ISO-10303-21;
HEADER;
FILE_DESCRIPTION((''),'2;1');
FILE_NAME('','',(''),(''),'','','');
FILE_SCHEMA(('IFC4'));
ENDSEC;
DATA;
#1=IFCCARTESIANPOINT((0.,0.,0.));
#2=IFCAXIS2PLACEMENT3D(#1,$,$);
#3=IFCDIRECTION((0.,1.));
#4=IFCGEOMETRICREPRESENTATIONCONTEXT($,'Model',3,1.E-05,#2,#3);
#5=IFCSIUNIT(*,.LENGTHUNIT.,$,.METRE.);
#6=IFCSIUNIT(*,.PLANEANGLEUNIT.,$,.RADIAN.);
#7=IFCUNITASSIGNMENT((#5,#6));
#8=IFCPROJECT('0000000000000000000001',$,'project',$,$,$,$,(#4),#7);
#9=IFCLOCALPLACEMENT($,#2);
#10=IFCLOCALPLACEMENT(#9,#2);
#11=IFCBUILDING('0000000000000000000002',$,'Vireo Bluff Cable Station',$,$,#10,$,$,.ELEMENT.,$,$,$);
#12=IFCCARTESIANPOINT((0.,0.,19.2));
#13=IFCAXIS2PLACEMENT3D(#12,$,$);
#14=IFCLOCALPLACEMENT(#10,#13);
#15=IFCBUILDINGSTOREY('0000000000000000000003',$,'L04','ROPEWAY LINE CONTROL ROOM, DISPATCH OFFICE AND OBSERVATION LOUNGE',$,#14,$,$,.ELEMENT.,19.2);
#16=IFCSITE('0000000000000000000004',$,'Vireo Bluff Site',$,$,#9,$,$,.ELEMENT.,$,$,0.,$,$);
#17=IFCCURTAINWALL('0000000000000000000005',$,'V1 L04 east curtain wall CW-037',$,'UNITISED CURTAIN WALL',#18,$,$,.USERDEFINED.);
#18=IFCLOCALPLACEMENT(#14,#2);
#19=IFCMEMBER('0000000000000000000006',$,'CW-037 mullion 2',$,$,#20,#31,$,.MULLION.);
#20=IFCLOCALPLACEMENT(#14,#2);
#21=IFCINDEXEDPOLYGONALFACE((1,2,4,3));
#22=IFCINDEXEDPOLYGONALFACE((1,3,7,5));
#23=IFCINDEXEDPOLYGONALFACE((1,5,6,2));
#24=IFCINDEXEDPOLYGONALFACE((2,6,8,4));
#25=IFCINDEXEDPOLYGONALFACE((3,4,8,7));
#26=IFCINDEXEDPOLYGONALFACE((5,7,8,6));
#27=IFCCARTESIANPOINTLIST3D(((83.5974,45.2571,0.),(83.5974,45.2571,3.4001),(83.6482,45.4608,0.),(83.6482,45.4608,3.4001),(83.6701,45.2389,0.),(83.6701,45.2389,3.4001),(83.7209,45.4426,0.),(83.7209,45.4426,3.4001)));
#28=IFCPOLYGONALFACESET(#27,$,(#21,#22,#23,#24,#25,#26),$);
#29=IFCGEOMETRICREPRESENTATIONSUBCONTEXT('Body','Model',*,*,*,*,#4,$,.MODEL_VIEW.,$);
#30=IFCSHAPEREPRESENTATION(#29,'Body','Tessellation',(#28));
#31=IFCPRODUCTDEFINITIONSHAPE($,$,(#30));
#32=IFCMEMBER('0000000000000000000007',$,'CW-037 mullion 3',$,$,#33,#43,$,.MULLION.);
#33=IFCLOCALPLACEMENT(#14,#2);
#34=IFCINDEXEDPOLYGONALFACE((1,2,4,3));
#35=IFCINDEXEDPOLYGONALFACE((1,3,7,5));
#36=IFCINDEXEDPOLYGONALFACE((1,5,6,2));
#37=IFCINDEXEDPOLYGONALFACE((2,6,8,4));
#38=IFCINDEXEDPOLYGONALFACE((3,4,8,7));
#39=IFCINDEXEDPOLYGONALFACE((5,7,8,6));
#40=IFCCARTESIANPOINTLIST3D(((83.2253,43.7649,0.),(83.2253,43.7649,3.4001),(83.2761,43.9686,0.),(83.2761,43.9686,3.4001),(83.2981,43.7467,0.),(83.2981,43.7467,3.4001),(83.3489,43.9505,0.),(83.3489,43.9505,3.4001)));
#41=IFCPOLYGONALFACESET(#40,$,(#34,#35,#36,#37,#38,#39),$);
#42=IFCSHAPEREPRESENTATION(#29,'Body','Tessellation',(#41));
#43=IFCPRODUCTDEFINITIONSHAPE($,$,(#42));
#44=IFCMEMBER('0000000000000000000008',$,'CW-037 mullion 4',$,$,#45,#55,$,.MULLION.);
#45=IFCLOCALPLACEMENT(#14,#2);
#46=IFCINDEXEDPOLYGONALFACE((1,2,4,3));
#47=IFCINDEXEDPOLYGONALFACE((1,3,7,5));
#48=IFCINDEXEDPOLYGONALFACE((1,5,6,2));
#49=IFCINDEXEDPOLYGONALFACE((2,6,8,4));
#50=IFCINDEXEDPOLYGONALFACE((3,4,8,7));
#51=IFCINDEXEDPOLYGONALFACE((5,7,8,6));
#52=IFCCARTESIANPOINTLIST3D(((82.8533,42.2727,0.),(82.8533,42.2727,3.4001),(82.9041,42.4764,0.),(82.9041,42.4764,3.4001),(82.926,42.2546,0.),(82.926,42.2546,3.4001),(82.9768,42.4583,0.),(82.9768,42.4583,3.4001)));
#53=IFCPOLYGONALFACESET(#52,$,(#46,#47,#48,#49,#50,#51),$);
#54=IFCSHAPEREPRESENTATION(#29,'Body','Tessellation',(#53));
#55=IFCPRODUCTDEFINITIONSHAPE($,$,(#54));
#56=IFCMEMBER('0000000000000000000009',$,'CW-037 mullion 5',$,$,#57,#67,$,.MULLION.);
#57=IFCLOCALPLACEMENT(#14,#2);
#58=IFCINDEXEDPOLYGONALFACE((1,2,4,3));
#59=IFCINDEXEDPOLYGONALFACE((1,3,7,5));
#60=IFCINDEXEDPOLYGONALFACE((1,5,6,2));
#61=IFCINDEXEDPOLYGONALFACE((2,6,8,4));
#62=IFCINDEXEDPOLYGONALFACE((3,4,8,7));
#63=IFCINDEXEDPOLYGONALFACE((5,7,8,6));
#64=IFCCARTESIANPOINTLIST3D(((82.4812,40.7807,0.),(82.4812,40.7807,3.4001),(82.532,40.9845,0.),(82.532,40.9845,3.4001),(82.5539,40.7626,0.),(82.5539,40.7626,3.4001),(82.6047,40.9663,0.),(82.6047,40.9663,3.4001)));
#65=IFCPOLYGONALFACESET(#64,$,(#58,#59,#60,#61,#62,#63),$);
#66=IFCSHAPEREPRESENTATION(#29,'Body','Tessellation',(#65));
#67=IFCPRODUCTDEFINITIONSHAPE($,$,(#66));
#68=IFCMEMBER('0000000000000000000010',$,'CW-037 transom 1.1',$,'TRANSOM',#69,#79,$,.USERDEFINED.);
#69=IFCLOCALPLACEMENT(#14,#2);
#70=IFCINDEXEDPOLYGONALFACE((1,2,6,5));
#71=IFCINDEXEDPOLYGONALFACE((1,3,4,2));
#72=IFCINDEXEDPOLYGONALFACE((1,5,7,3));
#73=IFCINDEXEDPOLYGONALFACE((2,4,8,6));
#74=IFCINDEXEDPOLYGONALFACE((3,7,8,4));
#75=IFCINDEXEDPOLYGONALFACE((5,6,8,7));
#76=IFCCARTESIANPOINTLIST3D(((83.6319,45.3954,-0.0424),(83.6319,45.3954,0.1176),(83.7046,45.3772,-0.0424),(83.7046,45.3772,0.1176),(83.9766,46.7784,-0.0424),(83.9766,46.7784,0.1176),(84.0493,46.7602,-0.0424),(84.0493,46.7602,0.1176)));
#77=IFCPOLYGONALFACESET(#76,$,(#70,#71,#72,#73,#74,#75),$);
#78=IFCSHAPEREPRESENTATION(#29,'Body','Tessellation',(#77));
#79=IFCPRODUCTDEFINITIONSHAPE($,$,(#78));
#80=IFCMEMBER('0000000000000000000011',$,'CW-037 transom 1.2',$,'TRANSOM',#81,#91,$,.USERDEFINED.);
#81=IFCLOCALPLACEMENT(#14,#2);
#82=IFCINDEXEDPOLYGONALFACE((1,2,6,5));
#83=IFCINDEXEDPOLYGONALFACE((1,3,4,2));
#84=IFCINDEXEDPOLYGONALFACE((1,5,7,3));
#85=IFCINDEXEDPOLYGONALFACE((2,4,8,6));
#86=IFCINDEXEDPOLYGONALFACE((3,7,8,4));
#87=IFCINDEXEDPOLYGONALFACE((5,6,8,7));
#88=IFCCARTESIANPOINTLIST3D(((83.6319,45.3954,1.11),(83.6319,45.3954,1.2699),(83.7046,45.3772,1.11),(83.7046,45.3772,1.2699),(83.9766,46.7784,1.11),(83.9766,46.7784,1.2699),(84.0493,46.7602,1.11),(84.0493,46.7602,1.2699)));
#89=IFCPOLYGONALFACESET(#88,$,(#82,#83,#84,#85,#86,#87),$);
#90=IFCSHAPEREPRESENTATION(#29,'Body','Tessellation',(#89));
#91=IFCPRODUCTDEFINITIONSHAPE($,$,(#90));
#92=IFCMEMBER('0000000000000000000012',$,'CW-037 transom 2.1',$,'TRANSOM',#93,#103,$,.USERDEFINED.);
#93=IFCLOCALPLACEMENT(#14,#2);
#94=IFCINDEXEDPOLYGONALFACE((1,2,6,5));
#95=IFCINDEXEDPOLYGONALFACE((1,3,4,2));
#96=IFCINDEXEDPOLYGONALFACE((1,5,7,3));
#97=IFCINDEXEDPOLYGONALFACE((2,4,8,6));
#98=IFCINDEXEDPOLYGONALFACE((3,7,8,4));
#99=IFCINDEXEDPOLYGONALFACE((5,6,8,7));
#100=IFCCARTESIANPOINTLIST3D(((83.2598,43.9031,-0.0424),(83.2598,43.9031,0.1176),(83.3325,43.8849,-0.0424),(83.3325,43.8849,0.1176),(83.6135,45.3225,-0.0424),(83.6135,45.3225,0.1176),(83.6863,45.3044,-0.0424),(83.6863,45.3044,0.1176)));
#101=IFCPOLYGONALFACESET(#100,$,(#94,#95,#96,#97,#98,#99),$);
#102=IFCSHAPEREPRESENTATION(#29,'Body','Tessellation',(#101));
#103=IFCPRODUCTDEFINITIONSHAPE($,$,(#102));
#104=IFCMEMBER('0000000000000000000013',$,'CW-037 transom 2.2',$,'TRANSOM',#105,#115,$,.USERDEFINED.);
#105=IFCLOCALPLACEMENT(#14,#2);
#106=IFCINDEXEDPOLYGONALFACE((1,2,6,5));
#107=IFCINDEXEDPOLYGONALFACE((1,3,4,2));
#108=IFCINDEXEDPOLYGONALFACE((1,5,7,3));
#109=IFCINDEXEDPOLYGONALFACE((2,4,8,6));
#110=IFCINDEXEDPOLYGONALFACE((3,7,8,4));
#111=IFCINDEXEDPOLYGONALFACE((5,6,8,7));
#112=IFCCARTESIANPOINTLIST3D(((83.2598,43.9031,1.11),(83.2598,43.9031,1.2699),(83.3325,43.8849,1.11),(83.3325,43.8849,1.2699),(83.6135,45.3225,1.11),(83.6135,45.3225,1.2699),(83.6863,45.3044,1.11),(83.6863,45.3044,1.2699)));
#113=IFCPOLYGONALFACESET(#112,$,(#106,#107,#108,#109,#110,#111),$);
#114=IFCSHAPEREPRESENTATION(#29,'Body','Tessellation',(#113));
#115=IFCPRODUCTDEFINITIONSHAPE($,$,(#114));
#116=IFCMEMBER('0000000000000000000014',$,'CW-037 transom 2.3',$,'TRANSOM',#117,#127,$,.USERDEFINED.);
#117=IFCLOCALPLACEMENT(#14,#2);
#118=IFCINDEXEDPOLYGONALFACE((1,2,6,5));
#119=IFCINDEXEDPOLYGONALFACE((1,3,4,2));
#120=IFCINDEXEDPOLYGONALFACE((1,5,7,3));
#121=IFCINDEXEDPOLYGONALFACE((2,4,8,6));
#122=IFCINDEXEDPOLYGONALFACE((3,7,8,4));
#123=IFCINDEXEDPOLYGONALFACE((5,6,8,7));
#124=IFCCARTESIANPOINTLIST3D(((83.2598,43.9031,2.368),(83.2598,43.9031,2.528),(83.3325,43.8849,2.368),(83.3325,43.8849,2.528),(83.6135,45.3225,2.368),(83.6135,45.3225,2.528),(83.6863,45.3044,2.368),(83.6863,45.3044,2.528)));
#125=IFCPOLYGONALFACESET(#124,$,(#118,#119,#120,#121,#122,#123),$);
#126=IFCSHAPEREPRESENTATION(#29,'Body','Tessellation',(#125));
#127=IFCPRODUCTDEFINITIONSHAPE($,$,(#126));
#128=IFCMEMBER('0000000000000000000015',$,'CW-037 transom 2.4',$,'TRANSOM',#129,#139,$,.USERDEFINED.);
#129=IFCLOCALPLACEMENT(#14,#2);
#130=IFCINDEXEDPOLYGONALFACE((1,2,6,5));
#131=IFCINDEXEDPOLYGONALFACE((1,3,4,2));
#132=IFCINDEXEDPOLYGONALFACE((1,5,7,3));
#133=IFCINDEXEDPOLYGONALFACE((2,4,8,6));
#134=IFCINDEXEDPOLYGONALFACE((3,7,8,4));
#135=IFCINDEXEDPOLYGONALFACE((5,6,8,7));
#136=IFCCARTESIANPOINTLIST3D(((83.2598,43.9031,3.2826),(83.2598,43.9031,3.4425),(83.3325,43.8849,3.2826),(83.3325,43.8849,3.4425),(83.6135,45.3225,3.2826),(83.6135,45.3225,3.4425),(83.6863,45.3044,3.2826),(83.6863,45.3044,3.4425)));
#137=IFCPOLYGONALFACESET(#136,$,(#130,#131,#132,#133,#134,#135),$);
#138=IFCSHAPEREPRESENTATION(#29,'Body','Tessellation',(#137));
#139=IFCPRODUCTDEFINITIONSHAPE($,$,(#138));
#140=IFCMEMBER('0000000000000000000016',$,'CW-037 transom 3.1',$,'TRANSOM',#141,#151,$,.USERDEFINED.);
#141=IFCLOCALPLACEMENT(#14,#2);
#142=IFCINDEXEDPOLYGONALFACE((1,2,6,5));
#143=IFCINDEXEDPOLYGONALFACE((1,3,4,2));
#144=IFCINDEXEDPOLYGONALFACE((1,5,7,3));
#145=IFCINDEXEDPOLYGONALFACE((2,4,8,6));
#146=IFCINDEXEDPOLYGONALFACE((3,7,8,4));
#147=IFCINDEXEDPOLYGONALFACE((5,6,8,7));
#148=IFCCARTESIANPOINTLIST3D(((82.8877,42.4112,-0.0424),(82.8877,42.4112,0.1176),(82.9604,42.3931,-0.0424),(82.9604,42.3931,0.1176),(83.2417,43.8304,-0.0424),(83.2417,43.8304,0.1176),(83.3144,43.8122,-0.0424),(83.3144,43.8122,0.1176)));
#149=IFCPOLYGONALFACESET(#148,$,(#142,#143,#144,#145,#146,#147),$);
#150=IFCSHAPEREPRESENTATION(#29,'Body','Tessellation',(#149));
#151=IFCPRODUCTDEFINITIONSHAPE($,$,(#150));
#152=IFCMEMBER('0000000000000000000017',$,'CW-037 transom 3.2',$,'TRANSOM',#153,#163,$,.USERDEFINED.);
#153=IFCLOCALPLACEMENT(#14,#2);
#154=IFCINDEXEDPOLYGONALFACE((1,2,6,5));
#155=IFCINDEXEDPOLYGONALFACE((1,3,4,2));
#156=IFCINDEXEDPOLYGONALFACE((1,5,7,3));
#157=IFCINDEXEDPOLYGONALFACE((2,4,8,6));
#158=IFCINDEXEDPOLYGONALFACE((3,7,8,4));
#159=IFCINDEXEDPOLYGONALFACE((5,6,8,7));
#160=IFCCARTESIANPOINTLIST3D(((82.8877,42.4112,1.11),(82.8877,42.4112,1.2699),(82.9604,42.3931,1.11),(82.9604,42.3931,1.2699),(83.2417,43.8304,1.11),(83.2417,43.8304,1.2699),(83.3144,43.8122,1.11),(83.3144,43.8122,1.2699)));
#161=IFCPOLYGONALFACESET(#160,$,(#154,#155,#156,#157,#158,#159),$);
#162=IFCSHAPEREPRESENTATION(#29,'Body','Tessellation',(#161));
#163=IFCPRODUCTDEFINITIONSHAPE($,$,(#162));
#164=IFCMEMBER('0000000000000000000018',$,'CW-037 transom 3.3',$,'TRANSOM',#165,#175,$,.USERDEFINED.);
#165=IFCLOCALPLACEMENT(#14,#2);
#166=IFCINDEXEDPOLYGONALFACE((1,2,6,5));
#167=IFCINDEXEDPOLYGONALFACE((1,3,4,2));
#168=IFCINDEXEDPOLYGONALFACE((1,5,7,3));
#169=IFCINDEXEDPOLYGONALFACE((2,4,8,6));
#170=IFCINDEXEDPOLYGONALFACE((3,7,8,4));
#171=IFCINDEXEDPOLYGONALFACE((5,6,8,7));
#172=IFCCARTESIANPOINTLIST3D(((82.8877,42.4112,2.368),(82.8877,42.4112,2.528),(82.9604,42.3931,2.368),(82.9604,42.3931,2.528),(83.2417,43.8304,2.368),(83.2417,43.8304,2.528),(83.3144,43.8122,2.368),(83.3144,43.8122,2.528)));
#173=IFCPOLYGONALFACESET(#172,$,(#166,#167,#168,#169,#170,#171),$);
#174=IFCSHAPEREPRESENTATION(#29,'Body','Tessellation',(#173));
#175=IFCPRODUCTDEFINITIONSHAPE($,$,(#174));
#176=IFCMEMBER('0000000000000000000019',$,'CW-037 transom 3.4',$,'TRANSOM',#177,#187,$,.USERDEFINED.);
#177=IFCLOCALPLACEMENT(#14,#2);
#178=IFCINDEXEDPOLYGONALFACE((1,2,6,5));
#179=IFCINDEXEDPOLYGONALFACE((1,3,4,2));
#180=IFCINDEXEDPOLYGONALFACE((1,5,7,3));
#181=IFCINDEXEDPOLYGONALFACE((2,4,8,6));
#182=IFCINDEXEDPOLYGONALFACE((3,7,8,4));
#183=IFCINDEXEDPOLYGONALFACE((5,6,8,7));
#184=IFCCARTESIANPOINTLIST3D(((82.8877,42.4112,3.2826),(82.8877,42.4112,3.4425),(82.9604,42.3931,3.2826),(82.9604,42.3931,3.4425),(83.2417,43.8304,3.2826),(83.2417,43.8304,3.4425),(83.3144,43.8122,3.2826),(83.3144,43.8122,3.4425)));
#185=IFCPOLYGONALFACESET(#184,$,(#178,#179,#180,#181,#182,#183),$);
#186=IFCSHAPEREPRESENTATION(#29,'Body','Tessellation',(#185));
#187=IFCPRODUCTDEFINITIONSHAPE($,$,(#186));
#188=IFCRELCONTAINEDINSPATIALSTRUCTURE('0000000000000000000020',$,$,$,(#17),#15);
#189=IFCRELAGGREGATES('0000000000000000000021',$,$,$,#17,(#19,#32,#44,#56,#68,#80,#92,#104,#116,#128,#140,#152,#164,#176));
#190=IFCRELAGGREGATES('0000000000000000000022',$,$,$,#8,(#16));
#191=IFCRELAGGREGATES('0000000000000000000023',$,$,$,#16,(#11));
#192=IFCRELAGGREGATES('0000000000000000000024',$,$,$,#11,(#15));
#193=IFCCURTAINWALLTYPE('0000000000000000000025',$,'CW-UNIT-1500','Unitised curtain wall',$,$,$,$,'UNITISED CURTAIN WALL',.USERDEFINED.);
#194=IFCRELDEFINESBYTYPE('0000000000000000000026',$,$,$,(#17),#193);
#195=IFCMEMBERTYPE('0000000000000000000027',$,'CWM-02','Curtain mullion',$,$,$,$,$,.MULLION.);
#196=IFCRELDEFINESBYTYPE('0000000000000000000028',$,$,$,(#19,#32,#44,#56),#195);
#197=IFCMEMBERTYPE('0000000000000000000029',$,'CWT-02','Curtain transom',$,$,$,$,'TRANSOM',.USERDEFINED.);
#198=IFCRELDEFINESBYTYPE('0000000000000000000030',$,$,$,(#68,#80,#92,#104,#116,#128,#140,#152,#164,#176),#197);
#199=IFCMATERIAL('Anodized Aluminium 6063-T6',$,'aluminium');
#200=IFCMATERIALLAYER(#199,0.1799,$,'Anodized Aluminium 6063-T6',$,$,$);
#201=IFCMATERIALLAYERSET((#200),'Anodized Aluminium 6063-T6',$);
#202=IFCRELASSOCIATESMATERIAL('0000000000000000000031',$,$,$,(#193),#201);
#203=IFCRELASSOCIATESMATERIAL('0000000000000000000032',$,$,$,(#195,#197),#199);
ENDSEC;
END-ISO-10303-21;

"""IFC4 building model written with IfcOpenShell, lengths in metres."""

from ifc_helpers import new_model, si_unit, direction, frame, origin, origin_2d, place, context, subcontext, project, spatial, rectangle, extrude, material, layer, layer_set, material_profile, profile_set, type_object, element, aggregate, save


model = new_model("IFC4")

# Units and contexts
model_context = context("Model", 3, precision=1e-05, world=origin(), true_north=direction((0.0, 1.0)))
body_context = subcontext(model_context, "Body", "Model", "MODEL_VIEW")
ifc_project = project(units=[si_unit("LENGTHUNIT", "METRE"), si_unit("PLANEANGLEUNIT", "RADIAN")], contexts=[model_context])

# Site, building, storey
site_placement = place(None, origin())
site = spatial("IfcSite", under=ifc_project, at=site_placement, Name="Vireo Bluff Site", CompositionType="ELEMENT", RefElevation=0.0)
building_placement = place(site_placement, origin())
building = spatial("IfcBuilding", under=site, at=building_placement, Name="Vireo Bluff Cable Station", CompositionType="ELEMENT")
storey_placement = place(building_placement, frame((0.0, 0.0, 19.2)))
storey = spatial("IfcBuildingStorey", under=building, at=storey_placement, Name="L04", Description="ROPEWAY LINE CONTROL ROOM, DISPATCH OFFICE AND OBSERVATION LOUNGE", CompositionType="ELEMENT", Elevation=19.2)

# Curtain wall, members
ifc_material_1 = material(Name="Anodized Aluminium 6063-T6", Category="aluminium")
ifc_layer_1 = layer(ifc_material_1, 0.1799, Name="Anodized Aluminium 6063-T6")
ifc_layer_set_1 = layer_set([ifc_layer_1], Name="Anodized Aluminium 6063-T6")
curtain_wall_type = type_object("IfcCurtainWallType", Name="CW-UNIT-1500", Description="Unitised curtain wall", ElementType="UNITISED CURTAIN WALL", PredefinedType="USERDEFINED", material=ifc_layer_set_1)
curtain_wall_placement = place(storey_placement, origin())
curtain_wall = element("IfcCurtainWall", 1, at=curtain_wall_placement, inside=storey, type_object=curtain_wall_type, Name="V1 L04 east curtain wall CW-037", ObjectType="UNITISED CURTAIN WALL", PredefinedType="USERDEFINED")
ifc_material_profile_1 = material_profile(ifc_material_1, rectangle(XDim=0.075, YDim=0.21, at=origin_2d()), Name="ALU-M-75X210")
ifc_profile_set_1 = profile_set([ifc_material_profile_1], Name="Anodized Aluminium 6063-T6")
member_type_1 = type_object("IfcMemberType", Name="CWM-02", Description="Curtain mullion", PredefinedType="MULLION", material=ifc_profile_set_1)
member_1_placement = place(storey_placement, frame((83.6592, 45.3499, 0.0), z_axis=(0.0, 0.0, 1.0), x_axis=(0.970296, -0.241922, 0.0)))
member_1 = element("IfcMember", 2, at=member_1_placement, type_object=member_type_1, Name="CW-037 mullion 2", PredefinedType="MULLION", context=body_context, shape_type="SweptSolid", body=[
    extrude(rectangle(XDim=0.075, YDim=0.21, at=origin_2d()), origin(), (0.0, 0.0, 1.0), 3.4001),
])
member_2_placement = place(storey_placement, frame((83.2871, 43.8577, 0.0), z_axis=(0.0, 0.0, 1.0), x_axis=(0.970296, -0.241922, 0.0)))
member_2 = element("IfcMember", 3, at=member_2_placement, type_object=member_type_1, Name="CW-037 mullion 3", PredefinedType="MULLION", context=body_context, shape_type="SweptSolid", body=[
    extrude(rectangle(XDim=0.075, YDim=0.21, at=origin_2d()), origin(), (0.0, 0.0, 1.0), 3.4001),
])
member_3_placement = place(storey_placement, frame((82.915, 42.3655, 0.0), z_axis=(0.0, 0.0, 1.0), x_axis=(0.970296, -0.241922, 0.0)))
member_3 = element("IfcMember", 4, at=member_3_placement, type_object=member_type_1, Name="CW-037 mullion 4", PredefinedType="MULLION", context=body_context, shape_type="SweptSolid", body=[
    extrude(rectangle(XDim=0.075, YDim=0.21, at=origin_2d()), origin(), (0.0, 0.0, 1.0), 3.4001),
])
member_4_placement = place(storey_placement, frame((82.543, 40.8735, 0.0), z_axis=(0.0, 0.0, 1.0), x_axis=(0.970296, -0.241922, 0.0)))
member_4 = element("IfcMember", 5, at=member_4_placement, type_object=member_type_1, Name="CW-037 mullion 5", PredefinedType="MULLION", context=body_context, shape_type="SweptSolid", body=[
    extrude(rectangle(XDim=0.075, YDim=0.21, at=origin_2d()), origin(), (0.0, 0.0, 1.0), 3.4001),
])
ifc_material_profile_2 = material_profile(ifc_material_1, rectangle(XDim=0.075, YDim=0.1599, at=origin_2d()), Name="ALU-T-75X160")
ifc_profile_set_2 = profile_set([ifc_material_profile_2], Name="Anodized Aluminium 6063-T6")
member_type_2 = type_object("IfcMemberType", Name="CWT-02", Description="Curtain transom", ElementType="TRANSOM", PredefinedType="USERDEFINED", material=ifc_profile_set_2)
member_5_placement = place(storey_placement, frame((84.0129, 46.7693, 0.0376), z_axis=(-0.24185, -0.970314, 0.0), x_axis=(0.970314, -0.24185, 0.0)))
member_5 = element("IfcMember", 6, at=member_5_placement, type_object=member_type_2, Name="CW-037 transom 1.1", ObjectType="TRANSOM", PredefinedType="USERDEFINED", context=body_context, shape_type="SweptSolid", body=[
    extrude(rectangle(XDim=0.075, YDim=0.1599, at=origin_2d()), origin(), (0.0, 0.0, 1.0), 1.4253),
])
member_6_placement = place(storey_placement, frame((84.0129, 46.7693, 1.1899), z_axis=(-0.24185, -0.970314, 0.0), x_axis=(0.970314, -0.24185, 0.0)))
member_6 = element("IfcMember", 7, at=member_6_placement, type_object=member_type_2, Name="CW-037 transom 1.2", ObjectType="TRANSOM", PredefinedType="USERDEFINED", context=body_context, shape_type="SweptSolid", body=[
    extrude(rectangle(XDim=0.075, YDim=0.1599, at=origin_2d()), origin(), (0.0, 0.0, 1.0), 1.4253),
])
member_7_placement = place(storey_placement, frame((83.6499, 45.3135, 0.0376), z_axis=(-0.241829, -0.970319, 0.0), x_axis=(0.970319, -0.241829, 0.0)))
member_7 = element("IfcMember", 8, at=member_7_placement, type_object=member_type_2, Name="CW-037 transom 2.1", ObjectType="TRANSOM", PredefinedType="USERDEFINED", context=body_context, shape_type="SweptSolid", body=[
    extrude(rectangle(XDim=0.075, YDim=0.1599, at=origin_2d()), origin(), (0.0, 0.0, 1.0), 1.4629),
])
member_8_placement = place(storey_placement, frame((83.6499, 45.3135, 1.1899), z_axis=(-0.241829, -0.970319, 0.0), x_axis=(0.970319, -0.241829, 0.0)))
member_8 = element("IfcMember", 9, at=member_8_placement, type_object=member_type_2, Name="CW-037 transom 2.2", ObjectType="TRANSOM", PredefinedType="USERDEFINED", context=body_context, shape_type="SweptSolid", body=[
    extrude(rectangle(XDim=0.075, YDim=0.1599, at=origin_2d()), origin(), (0.0, 0.0, 1.0), 1.4629),
])
member_9_placement = place(storey_placement, frame((83.6499, 45.3135, 2.448), z_axis=(-0.241829, -0.970319, 0.0), x_axis=(0.970319, -0.241829, 0.0)))
member_9 = element("IfcMember", 10, at=member_9_placement, type_object=member_type_2, Name="CW-037 transom 2.3", ObjectType="TRANSOM", PredefinedType="USERDEFINED", context=body_context, shape_type="SweptSolid", body=[
    extrude(rectangle(XDim=0.075, YDim=0.1599, at=origin_2d()), origin(), (0.0, 0.0, 1.0), 1.4629),
])
member_10_placement = place(storey_placement, frame((83.6499, 45.3135, 3.3625), z_axis=(-0.241829, -0.970319, 0.0), x_axis=(0.970319, -0.241829, 0.0)))
member_10 = element("IfcMember", 11, at=member_10_placement, type_object=member_type_2, Name="CW-037 transom 2.4", ObjectType="TRANSOM", PredefinedType="USERDEFINED", context=body_context, shape_type="SweptSolid", body=[
    extrude(rectangle(XDim=0.075, YDim=0.1599, at=origin_2d()), origin(), (0.0, 0.0, 1.0), 1.4629),
])
member_11_placement = place(storey_placement, frame((83.2781, 43.8213, 0.0376), z_axis=(-0.242025, -0.97027, 0.0), x_axis=(0.97027, -0.242025, 0.0)))
member_11 = element("IfcMember", 12, at=member_11_placement, type_object=member_type_2, Name="CW-037 transom 3.1", ObjectType="TRANSOM", PredefinedType="USERDEFINED", context=body_context, shape_type="SweptSolid", body=[
    extrude(rectangle(XDim=0.075, YDim=0.1599, at=origin_2d()), origin(), (0.0, 0.0, 1.0), 1.4626),
])
member_12_placement = place(storey_placement, frame((83.2781, 43.8213, 1.1899), z_axis=(-0.242025, -0.97027, 0.0), x_axis=(0.97027, -0.242025, 0.0)))
member_12 = element("IfcMember", 13, at=member_12_placement, type_object=member_type_2, Name="CW-037 transom 3.2", ObjectType="TRANSOM", PredefinedType="USERDEFINED", context=body_context, shape_type="SweptSolid", body=[
    extrude(rectangle(XDim=0.075, YDim=0.1599, at=origin_2d()), origin(), (0.0, 0.0, 1.0), 1.4626),
])
member_13_placement = place(storey_placement, frame((83.2781, 43.8213, 2.448), z_axis=(-0.242025, -0.97027, 0.0), x_axis=(0.97027, -0.242025, 0.0)))
member_13 = element("IfcMember", 14, at=member_13_placement, type_object=member_type_2, Name="CW-037 transom 3.3", ObjectType="TRANSOM", PredefinedType="USERDEFINED", context=body_context, shape_type="SweptSolid", body=[
    extrude(rectangle(XDim=0.075, YDim=0.1599, at=origin_2d()), origin(), (0.0, 0.0, 1.0), 1.4626),
])
member_14_placement = place(storey_placement, frame((83.2781, 43.8213, 3.3625), z_axis=(-0.242025, -0.97027, 0.0), x_axis=(0.97027, -0.242025, 0.0)))
member_14 = element("IfcMember", 15, at=member_14_placement, type_object=member_type_2, Name="CW-037 transom 3.4", ObjectType="TRANSOM", PredefinedType="USERDEFINED", context=body_context, shape_type="SweptSolid", body=[
    extrude(rectangle(XDim=0.075, YDim=0.1599, at=origin_2d()), origin(), (0.0, 0.0, 1.0), 1.4626),
])
aggregate(curtain_wall, [member_1, member_2, member_3, member_4, member_5, member_6, member_7, member_8, member_9, member_10, member_11, member_12, member_13, member_14])

save(model, "model.ifc")
